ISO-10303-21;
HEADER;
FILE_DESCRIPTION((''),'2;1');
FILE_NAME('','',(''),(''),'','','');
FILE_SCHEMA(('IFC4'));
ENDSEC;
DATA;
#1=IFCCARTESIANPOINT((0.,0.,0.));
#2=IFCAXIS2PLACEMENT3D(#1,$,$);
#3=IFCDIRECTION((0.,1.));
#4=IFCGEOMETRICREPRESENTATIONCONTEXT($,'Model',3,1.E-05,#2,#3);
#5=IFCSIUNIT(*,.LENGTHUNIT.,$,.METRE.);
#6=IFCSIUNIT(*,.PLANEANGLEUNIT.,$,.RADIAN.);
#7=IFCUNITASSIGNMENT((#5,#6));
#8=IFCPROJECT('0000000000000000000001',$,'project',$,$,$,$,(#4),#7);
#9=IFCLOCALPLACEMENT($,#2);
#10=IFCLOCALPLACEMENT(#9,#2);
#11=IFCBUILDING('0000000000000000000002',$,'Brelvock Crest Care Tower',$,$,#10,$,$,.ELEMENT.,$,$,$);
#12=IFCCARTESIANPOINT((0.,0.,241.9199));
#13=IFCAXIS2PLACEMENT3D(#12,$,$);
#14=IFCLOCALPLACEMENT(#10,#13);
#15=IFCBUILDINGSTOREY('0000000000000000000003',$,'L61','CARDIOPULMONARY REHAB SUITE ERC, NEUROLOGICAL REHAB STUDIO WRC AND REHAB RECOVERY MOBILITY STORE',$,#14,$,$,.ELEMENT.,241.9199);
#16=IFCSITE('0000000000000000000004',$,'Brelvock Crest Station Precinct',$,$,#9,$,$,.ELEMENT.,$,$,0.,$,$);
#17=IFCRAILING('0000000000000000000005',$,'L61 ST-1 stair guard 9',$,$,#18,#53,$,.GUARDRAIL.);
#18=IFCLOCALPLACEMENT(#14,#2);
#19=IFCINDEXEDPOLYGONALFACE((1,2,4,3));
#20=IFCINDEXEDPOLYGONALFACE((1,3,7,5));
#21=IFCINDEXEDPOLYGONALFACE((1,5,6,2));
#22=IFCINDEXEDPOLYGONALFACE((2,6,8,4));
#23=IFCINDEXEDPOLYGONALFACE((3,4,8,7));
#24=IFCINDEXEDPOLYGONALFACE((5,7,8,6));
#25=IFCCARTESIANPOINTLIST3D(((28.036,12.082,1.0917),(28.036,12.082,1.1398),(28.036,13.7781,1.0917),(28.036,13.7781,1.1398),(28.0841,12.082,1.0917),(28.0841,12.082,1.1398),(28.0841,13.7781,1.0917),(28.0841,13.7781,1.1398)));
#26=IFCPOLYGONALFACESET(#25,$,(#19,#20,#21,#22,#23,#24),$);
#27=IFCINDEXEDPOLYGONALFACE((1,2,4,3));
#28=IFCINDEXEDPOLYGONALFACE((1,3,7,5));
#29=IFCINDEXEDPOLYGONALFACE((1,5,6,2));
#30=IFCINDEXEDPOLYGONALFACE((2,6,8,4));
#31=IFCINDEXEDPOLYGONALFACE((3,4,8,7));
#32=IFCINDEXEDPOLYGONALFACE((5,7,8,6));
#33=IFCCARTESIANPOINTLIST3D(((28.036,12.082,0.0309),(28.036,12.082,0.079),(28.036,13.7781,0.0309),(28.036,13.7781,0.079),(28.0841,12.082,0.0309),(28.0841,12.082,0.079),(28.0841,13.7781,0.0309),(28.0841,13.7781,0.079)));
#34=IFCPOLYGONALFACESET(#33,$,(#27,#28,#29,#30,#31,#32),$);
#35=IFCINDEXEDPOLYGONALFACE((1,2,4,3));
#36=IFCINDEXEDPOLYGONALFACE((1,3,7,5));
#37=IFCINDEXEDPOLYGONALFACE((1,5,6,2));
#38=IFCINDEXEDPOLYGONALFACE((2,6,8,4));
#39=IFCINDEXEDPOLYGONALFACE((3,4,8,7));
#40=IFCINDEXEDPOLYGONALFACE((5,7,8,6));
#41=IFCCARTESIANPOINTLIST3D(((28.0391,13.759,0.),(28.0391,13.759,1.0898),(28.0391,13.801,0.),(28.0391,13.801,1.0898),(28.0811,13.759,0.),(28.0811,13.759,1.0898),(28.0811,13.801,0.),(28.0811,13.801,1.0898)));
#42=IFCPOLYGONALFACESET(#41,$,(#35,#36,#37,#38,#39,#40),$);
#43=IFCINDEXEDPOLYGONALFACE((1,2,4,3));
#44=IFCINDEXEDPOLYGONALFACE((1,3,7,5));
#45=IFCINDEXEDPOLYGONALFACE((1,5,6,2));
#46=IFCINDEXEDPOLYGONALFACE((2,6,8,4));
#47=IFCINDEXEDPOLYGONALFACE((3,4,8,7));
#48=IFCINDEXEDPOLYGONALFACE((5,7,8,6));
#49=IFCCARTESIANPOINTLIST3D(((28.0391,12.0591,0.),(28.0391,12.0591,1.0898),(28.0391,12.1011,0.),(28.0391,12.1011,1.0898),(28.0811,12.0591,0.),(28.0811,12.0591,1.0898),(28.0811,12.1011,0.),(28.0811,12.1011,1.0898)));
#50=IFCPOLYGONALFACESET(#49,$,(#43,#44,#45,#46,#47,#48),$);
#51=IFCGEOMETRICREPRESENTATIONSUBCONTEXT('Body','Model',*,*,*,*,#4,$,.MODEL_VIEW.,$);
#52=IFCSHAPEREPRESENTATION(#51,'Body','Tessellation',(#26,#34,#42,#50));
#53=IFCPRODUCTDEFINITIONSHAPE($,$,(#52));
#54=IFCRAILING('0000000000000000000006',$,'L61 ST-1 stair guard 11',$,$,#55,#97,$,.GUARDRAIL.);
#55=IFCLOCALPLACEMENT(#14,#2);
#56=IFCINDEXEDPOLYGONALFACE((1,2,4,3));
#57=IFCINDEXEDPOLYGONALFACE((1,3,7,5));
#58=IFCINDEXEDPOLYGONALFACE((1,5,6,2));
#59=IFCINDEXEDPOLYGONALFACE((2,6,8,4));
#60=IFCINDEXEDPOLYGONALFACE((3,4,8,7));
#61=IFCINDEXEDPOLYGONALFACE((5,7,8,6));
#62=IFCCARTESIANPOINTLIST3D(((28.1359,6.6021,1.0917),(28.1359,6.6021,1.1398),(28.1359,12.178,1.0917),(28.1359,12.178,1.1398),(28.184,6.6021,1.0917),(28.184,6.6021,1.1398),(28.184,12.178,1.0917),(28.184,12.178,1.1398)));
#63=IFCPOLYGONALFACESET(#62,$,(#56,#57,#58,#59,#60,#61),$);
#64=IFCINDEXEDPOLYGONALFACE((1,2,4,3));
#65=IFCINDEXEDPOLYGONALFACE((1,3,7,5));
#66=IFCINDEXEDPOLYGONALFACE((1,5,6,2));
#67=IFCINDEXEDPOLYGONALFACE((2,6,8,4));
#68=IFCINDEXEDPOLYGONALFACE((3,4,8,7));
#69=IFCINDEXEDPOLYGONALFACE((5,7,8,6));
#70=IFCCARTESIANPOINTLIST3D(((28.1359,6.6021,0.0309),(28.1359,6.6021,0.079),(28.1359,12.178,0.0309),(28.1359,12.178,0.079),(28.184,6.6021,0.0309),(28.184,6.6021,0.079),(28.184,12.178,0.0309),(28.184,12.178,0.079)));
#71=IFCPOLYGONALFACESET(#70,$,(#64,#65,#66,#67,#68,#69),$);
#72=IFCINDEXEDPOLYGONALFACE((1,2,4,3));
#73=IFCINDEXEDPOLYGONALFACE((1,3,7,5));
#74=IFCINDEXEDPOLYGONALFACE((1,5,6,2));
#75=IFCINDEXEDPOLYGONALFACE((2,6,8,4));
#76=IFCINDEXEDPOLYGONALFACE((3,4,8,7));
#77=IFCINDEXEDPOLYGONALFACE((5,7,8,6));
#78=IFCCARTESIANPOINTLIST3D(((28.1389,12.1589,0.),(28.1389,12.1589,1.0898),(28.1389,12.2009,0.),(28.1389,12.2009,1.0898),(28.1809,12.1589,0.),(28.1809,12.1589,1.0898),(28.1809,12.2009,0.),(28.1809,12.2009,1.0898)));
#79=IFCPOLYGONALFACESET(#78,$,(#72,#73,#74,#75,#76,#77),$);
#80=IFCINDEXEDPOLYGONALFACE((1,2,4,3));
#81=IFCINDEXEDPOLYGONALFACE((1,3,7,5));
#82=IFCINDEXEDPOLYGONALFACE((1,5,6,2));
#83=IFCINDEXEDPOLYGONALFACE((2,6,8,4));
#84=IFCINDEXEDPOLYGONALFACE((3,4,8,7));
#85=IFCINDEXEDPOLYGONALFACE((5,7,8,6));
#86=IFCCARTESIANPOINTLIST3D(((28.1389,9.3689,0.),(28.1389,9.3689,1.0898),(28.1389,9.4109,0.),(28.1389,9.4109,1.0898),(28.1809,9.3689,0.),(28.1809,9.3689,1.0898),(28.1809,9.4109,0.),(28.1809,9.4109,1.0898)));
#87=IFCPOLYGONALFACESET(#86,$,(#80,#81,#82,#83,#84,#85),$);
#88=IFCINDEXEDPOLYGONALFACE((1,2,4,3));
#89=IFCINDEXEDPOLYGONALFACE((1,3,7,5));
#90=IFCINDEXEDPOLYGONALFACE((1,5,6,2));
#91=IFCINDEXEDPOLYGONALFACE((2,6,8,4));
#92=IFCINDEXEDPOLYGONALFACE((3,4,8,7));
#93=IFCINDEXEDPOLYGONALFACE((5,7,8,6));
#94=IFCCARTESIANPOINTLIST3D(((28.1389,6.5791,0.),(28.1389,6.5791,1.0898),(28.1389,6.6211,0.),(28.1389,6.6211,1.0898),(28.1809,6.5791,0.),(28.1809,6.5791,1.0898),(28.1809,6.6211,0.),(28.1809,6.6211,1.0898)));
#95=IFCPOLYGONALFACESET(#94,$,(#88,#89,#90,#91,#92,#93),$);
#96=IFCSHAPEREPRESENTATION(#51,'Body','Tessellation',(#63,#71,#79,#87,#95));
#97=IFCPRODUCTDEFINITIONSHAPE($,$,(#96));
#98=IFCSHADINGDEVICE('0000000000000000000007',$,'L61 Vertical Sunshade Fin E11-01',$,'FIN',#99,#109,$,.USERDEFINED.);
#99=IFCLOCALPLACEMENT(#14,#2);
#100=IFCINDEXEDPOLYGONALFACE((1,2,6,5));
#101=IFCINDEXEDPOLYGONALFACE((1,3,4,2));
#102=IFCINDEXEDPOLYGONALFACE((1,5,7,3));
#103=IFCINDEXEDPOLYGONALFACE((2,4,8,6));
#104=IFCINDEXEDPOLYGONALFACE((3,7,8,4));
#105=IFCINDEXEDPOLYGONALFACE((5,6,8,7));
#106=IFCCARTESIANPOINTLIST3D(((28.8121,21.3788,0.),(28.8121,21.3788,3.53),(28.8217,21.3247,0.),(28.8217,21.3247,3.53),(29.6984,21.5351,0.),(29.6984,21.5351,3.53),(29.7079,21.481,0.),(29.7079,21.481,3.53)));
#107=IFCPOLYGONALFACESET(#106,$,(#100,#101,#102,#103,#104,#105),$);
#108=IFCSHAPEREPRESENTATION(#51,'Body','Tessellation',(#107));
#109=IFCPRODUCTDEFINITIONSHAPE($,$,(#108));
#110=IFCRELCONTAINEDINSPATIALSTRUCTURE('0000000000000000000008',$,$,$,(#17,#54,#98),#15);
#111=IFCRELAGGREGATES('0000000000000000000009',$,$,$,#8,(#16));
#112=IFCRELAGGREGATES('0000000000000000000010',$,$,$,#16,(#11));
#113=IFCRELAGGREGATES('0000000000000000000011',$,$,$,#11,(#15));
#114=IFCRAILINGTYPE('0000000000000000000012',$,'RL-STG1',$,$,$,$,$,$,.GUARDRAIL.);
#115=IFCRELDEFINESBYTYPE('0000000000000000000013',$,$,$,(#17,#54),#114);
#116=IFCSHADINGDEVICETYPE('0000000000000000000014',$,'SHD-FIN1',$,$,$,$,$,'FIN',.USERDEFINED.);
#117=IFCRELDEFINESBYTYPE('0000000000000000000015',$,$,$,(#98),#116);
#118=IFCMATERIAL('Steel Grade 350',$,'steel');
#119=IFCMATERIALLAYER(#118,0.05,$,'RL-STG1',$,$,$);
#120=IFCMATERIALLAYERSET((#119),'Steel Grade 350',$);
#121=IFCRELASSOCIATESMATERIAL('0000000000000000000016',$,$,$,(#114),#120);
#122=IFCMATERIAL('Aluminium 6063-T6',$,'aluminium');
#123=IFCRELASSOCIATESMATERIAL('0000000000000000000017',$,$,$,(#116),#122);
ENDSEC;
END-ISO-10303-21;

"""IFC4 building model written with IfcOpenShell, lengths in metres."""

from ifc_helpers import new_model, si_unit, direction, frame, origin, origin_2d, place, context, subcontext, project, spatial, rectangle, extrude, source, transform, mapped, material, layer, layer_set, material_profile, profile_set, type_object, element, save


model = new_model("IFC4")

# Units and contexts
model_context = context("Model", 3, precision=1e-05, world=origin(), true_north=direction((0.0, 1.0)))
body_context = subcontext(model_context, "Body", "Model", "MODEL_VIEW")
ifc_project = project(units=[si_unit("LENGTHUNIT", "METRE"), si_unit("PLANEANGLEUNIT", "RADIAN")], contexts=[model_context])

# Site, building, storey
site_placement = place(None, origin())
site = spatial("IfcSite", under=ifc_project, at=site_placement, Name="Brelvock Crest Station Precinct", CompositionType="ELEMENT", RefElevation=0.0)
building_placement = place(site_placement, origin())
building = spatial("IfcBuilding", under=site, at=building_placement, Name="Brelvock Crest Care Tower", CompositionType="ELEMENT")
storey_placement = place(building_placement, frame((0.0, 0.0, 241.9199)))
storey = spatial("IfcBuildingStorey", under=building, at=storey_placement, Name="L61", Description="CARDIOPULMONARY REHAB SUITE ERC, NEUROLOGICAL REHAB STUDIO WRC AND REHAB RECOVERY MOBILITY STORE", CompositionType="ELEMENT", Elevation=241.9199)

# Shared definitions
ifc_material_1 = material(Name="Steel Grade 350", Category="steel")

# Shared definitions
ifc_material_2 = material(Name="Aluminium 6063-T6", Category="aluminium")

# Railings
ifc_layer_1 = layer(ifc_material_1, 0.05, Name="RL-STG1")
ifc_layer_set_1 = layer_set([ifc_layer_1], Name="Steel Grade 350")
railing_type = type_object("IfcRailingType", Name="RL-STG1", PredefinedType="GUARDRAIL", material=ifc_layer_set_1)
railing_1_placement = place(storey_placement, frame((28.0601, 13.78, 0.0)))
element("IfcRailing", 1, at=railing_1_placement, inside=storey, type_object=railing_type, Name="L61 ST-1 stair guard 9", PredefinedType="GUARDRAIL", context=body_context, shape_type="SweptSolid", body=[
    extrude(rectangle(XDim=0.0481, YDim=0.0481, at=origin_2d()), frame((0.0, -0.002, 1.1157), z_axis=(0.0, -1.0, 0.0), x_axis=(1.0, 0.0, 0.0)), (0.0, 0.0, 1.0), 1.696),
    extrude(rectangle(XDim=0.0481, YDim=0.0481, at=origin_2d()), frame((0.0, -0.002, 0.0549), z_axis=(0.0, -1.0, 0.0), x_axis=(1.0, 0.0, 0.0)), (0.0, 0.0, 1.0), 1.696),
    extrude(rectangle(XDim=0.042, YDim=0.042, at=origin_2d()), origin(), (0.0, 0.0, 1.0), 1.0898),
    extrude(rectangle(XDim=0.042, YDim=0.042, at=origin_2d()), frame((0.0, -1.7, 0.0)), (0.0, 0.0, 1.0), 1.0898),
])
railing_2_placement = place(storey_placement, frame((28.1599, 12.1799, 0.0)))
element("IfcRailing", 2, at=railing_2_placement, inside=storey, type_object=railing_type, Name="L61 ST-1 stair guard 11", PredefinedType="GUARDRAIL", context=body_context, shape_type="SweptSolid", body=[
    extrude(rectangle(XDim=0.0481, YDim=0.0481, at=origin_2d()), frame((0.0, -0.002, 1.1157), z_axis=(0.0, -1.0, 0.0), x_axis=(1.0, 0.0, 0.0)), (0.0, 0.0, 1.0), 5.5759),
    extrude(rectangle(XDim=0.0481, YDim=0.0481, at=origin_2d()), frame((0.0, -0.002, 0.0549), z_axis=(0.0, -1.0, 0.0), x_axis=(1.0, 0.0, 0.0)), (0.0, 0.0, 1.0), 5.5759),
    extrude(rectangle(XDim=0.042, YDim=0.042, at=origin_2d()), origin(), (0.0, 0.0, 1.0), 1.0898),
    extrude(rectangle(XDim=0.042, YDim=0.042, at=origin_2d()), frame((0.0, -2.79, 0.0)), (0.0, 0.0, 1.0), 1.0898),
    extrude(rectangle(XDim=0.042, YDim=0.042, at=origin_2d()), frame((0.0, -5.5798, 0.0)), (0.0, 0.0, 1.0), 1.0898),
])

# Shading device
ifc_material_profile_1 = material_profile(ifc_material_2, rectangle(XDim=0.0549, YDim=0.8999, at=origin_2d()), Name="FIN55x900")
ifc_profile_set_1 = profile_set([ifc_material_profile_1], Name="Aluminium 6063-T6")
shading_device_type = type_object("IfcShadingDeviceType", Name="SHD-FIN1", ElementType="FIN", PredefinedType="USERDEFINED", material=ifc_profile_set_1)
shared_shape_1 = source(origin(), body_context, "Body", "SweptSolid", [
    extrude(rectangle(XDim=0.0549, YDim=0.8999, at=origin_2d()), origin(), (0.0, 0.0, 1.0), 3.53),
])
shading_device_placement = place(storey_placement, frame((29.26, 21.4299, 0.0), z_axis=(0.0, 0.0, 1.0), x_axis=(-0.173648, 0.984808, 0.0)))
element("IfcShadingDevice", 3, at=shading_device_placement, inside=storey, type_object=shading_device_type, Name="L61 Vertical Sunshade Fin E11-01", ObjectType="FIN", PredefinedType="USERDEFINED", context=body_context, shape_type="MappedRepresentation", body=[
    mapped(shared_shape_1, transform((0.0, 0.0, 0.0), x_axis=(1.0, 0.0, 0.0), y_axis=(0.0, 1.0, 0.0), z_axis=(0.0, 0.0, 1.0), scale=1.0)),
])

save(model, "model.ifc")
